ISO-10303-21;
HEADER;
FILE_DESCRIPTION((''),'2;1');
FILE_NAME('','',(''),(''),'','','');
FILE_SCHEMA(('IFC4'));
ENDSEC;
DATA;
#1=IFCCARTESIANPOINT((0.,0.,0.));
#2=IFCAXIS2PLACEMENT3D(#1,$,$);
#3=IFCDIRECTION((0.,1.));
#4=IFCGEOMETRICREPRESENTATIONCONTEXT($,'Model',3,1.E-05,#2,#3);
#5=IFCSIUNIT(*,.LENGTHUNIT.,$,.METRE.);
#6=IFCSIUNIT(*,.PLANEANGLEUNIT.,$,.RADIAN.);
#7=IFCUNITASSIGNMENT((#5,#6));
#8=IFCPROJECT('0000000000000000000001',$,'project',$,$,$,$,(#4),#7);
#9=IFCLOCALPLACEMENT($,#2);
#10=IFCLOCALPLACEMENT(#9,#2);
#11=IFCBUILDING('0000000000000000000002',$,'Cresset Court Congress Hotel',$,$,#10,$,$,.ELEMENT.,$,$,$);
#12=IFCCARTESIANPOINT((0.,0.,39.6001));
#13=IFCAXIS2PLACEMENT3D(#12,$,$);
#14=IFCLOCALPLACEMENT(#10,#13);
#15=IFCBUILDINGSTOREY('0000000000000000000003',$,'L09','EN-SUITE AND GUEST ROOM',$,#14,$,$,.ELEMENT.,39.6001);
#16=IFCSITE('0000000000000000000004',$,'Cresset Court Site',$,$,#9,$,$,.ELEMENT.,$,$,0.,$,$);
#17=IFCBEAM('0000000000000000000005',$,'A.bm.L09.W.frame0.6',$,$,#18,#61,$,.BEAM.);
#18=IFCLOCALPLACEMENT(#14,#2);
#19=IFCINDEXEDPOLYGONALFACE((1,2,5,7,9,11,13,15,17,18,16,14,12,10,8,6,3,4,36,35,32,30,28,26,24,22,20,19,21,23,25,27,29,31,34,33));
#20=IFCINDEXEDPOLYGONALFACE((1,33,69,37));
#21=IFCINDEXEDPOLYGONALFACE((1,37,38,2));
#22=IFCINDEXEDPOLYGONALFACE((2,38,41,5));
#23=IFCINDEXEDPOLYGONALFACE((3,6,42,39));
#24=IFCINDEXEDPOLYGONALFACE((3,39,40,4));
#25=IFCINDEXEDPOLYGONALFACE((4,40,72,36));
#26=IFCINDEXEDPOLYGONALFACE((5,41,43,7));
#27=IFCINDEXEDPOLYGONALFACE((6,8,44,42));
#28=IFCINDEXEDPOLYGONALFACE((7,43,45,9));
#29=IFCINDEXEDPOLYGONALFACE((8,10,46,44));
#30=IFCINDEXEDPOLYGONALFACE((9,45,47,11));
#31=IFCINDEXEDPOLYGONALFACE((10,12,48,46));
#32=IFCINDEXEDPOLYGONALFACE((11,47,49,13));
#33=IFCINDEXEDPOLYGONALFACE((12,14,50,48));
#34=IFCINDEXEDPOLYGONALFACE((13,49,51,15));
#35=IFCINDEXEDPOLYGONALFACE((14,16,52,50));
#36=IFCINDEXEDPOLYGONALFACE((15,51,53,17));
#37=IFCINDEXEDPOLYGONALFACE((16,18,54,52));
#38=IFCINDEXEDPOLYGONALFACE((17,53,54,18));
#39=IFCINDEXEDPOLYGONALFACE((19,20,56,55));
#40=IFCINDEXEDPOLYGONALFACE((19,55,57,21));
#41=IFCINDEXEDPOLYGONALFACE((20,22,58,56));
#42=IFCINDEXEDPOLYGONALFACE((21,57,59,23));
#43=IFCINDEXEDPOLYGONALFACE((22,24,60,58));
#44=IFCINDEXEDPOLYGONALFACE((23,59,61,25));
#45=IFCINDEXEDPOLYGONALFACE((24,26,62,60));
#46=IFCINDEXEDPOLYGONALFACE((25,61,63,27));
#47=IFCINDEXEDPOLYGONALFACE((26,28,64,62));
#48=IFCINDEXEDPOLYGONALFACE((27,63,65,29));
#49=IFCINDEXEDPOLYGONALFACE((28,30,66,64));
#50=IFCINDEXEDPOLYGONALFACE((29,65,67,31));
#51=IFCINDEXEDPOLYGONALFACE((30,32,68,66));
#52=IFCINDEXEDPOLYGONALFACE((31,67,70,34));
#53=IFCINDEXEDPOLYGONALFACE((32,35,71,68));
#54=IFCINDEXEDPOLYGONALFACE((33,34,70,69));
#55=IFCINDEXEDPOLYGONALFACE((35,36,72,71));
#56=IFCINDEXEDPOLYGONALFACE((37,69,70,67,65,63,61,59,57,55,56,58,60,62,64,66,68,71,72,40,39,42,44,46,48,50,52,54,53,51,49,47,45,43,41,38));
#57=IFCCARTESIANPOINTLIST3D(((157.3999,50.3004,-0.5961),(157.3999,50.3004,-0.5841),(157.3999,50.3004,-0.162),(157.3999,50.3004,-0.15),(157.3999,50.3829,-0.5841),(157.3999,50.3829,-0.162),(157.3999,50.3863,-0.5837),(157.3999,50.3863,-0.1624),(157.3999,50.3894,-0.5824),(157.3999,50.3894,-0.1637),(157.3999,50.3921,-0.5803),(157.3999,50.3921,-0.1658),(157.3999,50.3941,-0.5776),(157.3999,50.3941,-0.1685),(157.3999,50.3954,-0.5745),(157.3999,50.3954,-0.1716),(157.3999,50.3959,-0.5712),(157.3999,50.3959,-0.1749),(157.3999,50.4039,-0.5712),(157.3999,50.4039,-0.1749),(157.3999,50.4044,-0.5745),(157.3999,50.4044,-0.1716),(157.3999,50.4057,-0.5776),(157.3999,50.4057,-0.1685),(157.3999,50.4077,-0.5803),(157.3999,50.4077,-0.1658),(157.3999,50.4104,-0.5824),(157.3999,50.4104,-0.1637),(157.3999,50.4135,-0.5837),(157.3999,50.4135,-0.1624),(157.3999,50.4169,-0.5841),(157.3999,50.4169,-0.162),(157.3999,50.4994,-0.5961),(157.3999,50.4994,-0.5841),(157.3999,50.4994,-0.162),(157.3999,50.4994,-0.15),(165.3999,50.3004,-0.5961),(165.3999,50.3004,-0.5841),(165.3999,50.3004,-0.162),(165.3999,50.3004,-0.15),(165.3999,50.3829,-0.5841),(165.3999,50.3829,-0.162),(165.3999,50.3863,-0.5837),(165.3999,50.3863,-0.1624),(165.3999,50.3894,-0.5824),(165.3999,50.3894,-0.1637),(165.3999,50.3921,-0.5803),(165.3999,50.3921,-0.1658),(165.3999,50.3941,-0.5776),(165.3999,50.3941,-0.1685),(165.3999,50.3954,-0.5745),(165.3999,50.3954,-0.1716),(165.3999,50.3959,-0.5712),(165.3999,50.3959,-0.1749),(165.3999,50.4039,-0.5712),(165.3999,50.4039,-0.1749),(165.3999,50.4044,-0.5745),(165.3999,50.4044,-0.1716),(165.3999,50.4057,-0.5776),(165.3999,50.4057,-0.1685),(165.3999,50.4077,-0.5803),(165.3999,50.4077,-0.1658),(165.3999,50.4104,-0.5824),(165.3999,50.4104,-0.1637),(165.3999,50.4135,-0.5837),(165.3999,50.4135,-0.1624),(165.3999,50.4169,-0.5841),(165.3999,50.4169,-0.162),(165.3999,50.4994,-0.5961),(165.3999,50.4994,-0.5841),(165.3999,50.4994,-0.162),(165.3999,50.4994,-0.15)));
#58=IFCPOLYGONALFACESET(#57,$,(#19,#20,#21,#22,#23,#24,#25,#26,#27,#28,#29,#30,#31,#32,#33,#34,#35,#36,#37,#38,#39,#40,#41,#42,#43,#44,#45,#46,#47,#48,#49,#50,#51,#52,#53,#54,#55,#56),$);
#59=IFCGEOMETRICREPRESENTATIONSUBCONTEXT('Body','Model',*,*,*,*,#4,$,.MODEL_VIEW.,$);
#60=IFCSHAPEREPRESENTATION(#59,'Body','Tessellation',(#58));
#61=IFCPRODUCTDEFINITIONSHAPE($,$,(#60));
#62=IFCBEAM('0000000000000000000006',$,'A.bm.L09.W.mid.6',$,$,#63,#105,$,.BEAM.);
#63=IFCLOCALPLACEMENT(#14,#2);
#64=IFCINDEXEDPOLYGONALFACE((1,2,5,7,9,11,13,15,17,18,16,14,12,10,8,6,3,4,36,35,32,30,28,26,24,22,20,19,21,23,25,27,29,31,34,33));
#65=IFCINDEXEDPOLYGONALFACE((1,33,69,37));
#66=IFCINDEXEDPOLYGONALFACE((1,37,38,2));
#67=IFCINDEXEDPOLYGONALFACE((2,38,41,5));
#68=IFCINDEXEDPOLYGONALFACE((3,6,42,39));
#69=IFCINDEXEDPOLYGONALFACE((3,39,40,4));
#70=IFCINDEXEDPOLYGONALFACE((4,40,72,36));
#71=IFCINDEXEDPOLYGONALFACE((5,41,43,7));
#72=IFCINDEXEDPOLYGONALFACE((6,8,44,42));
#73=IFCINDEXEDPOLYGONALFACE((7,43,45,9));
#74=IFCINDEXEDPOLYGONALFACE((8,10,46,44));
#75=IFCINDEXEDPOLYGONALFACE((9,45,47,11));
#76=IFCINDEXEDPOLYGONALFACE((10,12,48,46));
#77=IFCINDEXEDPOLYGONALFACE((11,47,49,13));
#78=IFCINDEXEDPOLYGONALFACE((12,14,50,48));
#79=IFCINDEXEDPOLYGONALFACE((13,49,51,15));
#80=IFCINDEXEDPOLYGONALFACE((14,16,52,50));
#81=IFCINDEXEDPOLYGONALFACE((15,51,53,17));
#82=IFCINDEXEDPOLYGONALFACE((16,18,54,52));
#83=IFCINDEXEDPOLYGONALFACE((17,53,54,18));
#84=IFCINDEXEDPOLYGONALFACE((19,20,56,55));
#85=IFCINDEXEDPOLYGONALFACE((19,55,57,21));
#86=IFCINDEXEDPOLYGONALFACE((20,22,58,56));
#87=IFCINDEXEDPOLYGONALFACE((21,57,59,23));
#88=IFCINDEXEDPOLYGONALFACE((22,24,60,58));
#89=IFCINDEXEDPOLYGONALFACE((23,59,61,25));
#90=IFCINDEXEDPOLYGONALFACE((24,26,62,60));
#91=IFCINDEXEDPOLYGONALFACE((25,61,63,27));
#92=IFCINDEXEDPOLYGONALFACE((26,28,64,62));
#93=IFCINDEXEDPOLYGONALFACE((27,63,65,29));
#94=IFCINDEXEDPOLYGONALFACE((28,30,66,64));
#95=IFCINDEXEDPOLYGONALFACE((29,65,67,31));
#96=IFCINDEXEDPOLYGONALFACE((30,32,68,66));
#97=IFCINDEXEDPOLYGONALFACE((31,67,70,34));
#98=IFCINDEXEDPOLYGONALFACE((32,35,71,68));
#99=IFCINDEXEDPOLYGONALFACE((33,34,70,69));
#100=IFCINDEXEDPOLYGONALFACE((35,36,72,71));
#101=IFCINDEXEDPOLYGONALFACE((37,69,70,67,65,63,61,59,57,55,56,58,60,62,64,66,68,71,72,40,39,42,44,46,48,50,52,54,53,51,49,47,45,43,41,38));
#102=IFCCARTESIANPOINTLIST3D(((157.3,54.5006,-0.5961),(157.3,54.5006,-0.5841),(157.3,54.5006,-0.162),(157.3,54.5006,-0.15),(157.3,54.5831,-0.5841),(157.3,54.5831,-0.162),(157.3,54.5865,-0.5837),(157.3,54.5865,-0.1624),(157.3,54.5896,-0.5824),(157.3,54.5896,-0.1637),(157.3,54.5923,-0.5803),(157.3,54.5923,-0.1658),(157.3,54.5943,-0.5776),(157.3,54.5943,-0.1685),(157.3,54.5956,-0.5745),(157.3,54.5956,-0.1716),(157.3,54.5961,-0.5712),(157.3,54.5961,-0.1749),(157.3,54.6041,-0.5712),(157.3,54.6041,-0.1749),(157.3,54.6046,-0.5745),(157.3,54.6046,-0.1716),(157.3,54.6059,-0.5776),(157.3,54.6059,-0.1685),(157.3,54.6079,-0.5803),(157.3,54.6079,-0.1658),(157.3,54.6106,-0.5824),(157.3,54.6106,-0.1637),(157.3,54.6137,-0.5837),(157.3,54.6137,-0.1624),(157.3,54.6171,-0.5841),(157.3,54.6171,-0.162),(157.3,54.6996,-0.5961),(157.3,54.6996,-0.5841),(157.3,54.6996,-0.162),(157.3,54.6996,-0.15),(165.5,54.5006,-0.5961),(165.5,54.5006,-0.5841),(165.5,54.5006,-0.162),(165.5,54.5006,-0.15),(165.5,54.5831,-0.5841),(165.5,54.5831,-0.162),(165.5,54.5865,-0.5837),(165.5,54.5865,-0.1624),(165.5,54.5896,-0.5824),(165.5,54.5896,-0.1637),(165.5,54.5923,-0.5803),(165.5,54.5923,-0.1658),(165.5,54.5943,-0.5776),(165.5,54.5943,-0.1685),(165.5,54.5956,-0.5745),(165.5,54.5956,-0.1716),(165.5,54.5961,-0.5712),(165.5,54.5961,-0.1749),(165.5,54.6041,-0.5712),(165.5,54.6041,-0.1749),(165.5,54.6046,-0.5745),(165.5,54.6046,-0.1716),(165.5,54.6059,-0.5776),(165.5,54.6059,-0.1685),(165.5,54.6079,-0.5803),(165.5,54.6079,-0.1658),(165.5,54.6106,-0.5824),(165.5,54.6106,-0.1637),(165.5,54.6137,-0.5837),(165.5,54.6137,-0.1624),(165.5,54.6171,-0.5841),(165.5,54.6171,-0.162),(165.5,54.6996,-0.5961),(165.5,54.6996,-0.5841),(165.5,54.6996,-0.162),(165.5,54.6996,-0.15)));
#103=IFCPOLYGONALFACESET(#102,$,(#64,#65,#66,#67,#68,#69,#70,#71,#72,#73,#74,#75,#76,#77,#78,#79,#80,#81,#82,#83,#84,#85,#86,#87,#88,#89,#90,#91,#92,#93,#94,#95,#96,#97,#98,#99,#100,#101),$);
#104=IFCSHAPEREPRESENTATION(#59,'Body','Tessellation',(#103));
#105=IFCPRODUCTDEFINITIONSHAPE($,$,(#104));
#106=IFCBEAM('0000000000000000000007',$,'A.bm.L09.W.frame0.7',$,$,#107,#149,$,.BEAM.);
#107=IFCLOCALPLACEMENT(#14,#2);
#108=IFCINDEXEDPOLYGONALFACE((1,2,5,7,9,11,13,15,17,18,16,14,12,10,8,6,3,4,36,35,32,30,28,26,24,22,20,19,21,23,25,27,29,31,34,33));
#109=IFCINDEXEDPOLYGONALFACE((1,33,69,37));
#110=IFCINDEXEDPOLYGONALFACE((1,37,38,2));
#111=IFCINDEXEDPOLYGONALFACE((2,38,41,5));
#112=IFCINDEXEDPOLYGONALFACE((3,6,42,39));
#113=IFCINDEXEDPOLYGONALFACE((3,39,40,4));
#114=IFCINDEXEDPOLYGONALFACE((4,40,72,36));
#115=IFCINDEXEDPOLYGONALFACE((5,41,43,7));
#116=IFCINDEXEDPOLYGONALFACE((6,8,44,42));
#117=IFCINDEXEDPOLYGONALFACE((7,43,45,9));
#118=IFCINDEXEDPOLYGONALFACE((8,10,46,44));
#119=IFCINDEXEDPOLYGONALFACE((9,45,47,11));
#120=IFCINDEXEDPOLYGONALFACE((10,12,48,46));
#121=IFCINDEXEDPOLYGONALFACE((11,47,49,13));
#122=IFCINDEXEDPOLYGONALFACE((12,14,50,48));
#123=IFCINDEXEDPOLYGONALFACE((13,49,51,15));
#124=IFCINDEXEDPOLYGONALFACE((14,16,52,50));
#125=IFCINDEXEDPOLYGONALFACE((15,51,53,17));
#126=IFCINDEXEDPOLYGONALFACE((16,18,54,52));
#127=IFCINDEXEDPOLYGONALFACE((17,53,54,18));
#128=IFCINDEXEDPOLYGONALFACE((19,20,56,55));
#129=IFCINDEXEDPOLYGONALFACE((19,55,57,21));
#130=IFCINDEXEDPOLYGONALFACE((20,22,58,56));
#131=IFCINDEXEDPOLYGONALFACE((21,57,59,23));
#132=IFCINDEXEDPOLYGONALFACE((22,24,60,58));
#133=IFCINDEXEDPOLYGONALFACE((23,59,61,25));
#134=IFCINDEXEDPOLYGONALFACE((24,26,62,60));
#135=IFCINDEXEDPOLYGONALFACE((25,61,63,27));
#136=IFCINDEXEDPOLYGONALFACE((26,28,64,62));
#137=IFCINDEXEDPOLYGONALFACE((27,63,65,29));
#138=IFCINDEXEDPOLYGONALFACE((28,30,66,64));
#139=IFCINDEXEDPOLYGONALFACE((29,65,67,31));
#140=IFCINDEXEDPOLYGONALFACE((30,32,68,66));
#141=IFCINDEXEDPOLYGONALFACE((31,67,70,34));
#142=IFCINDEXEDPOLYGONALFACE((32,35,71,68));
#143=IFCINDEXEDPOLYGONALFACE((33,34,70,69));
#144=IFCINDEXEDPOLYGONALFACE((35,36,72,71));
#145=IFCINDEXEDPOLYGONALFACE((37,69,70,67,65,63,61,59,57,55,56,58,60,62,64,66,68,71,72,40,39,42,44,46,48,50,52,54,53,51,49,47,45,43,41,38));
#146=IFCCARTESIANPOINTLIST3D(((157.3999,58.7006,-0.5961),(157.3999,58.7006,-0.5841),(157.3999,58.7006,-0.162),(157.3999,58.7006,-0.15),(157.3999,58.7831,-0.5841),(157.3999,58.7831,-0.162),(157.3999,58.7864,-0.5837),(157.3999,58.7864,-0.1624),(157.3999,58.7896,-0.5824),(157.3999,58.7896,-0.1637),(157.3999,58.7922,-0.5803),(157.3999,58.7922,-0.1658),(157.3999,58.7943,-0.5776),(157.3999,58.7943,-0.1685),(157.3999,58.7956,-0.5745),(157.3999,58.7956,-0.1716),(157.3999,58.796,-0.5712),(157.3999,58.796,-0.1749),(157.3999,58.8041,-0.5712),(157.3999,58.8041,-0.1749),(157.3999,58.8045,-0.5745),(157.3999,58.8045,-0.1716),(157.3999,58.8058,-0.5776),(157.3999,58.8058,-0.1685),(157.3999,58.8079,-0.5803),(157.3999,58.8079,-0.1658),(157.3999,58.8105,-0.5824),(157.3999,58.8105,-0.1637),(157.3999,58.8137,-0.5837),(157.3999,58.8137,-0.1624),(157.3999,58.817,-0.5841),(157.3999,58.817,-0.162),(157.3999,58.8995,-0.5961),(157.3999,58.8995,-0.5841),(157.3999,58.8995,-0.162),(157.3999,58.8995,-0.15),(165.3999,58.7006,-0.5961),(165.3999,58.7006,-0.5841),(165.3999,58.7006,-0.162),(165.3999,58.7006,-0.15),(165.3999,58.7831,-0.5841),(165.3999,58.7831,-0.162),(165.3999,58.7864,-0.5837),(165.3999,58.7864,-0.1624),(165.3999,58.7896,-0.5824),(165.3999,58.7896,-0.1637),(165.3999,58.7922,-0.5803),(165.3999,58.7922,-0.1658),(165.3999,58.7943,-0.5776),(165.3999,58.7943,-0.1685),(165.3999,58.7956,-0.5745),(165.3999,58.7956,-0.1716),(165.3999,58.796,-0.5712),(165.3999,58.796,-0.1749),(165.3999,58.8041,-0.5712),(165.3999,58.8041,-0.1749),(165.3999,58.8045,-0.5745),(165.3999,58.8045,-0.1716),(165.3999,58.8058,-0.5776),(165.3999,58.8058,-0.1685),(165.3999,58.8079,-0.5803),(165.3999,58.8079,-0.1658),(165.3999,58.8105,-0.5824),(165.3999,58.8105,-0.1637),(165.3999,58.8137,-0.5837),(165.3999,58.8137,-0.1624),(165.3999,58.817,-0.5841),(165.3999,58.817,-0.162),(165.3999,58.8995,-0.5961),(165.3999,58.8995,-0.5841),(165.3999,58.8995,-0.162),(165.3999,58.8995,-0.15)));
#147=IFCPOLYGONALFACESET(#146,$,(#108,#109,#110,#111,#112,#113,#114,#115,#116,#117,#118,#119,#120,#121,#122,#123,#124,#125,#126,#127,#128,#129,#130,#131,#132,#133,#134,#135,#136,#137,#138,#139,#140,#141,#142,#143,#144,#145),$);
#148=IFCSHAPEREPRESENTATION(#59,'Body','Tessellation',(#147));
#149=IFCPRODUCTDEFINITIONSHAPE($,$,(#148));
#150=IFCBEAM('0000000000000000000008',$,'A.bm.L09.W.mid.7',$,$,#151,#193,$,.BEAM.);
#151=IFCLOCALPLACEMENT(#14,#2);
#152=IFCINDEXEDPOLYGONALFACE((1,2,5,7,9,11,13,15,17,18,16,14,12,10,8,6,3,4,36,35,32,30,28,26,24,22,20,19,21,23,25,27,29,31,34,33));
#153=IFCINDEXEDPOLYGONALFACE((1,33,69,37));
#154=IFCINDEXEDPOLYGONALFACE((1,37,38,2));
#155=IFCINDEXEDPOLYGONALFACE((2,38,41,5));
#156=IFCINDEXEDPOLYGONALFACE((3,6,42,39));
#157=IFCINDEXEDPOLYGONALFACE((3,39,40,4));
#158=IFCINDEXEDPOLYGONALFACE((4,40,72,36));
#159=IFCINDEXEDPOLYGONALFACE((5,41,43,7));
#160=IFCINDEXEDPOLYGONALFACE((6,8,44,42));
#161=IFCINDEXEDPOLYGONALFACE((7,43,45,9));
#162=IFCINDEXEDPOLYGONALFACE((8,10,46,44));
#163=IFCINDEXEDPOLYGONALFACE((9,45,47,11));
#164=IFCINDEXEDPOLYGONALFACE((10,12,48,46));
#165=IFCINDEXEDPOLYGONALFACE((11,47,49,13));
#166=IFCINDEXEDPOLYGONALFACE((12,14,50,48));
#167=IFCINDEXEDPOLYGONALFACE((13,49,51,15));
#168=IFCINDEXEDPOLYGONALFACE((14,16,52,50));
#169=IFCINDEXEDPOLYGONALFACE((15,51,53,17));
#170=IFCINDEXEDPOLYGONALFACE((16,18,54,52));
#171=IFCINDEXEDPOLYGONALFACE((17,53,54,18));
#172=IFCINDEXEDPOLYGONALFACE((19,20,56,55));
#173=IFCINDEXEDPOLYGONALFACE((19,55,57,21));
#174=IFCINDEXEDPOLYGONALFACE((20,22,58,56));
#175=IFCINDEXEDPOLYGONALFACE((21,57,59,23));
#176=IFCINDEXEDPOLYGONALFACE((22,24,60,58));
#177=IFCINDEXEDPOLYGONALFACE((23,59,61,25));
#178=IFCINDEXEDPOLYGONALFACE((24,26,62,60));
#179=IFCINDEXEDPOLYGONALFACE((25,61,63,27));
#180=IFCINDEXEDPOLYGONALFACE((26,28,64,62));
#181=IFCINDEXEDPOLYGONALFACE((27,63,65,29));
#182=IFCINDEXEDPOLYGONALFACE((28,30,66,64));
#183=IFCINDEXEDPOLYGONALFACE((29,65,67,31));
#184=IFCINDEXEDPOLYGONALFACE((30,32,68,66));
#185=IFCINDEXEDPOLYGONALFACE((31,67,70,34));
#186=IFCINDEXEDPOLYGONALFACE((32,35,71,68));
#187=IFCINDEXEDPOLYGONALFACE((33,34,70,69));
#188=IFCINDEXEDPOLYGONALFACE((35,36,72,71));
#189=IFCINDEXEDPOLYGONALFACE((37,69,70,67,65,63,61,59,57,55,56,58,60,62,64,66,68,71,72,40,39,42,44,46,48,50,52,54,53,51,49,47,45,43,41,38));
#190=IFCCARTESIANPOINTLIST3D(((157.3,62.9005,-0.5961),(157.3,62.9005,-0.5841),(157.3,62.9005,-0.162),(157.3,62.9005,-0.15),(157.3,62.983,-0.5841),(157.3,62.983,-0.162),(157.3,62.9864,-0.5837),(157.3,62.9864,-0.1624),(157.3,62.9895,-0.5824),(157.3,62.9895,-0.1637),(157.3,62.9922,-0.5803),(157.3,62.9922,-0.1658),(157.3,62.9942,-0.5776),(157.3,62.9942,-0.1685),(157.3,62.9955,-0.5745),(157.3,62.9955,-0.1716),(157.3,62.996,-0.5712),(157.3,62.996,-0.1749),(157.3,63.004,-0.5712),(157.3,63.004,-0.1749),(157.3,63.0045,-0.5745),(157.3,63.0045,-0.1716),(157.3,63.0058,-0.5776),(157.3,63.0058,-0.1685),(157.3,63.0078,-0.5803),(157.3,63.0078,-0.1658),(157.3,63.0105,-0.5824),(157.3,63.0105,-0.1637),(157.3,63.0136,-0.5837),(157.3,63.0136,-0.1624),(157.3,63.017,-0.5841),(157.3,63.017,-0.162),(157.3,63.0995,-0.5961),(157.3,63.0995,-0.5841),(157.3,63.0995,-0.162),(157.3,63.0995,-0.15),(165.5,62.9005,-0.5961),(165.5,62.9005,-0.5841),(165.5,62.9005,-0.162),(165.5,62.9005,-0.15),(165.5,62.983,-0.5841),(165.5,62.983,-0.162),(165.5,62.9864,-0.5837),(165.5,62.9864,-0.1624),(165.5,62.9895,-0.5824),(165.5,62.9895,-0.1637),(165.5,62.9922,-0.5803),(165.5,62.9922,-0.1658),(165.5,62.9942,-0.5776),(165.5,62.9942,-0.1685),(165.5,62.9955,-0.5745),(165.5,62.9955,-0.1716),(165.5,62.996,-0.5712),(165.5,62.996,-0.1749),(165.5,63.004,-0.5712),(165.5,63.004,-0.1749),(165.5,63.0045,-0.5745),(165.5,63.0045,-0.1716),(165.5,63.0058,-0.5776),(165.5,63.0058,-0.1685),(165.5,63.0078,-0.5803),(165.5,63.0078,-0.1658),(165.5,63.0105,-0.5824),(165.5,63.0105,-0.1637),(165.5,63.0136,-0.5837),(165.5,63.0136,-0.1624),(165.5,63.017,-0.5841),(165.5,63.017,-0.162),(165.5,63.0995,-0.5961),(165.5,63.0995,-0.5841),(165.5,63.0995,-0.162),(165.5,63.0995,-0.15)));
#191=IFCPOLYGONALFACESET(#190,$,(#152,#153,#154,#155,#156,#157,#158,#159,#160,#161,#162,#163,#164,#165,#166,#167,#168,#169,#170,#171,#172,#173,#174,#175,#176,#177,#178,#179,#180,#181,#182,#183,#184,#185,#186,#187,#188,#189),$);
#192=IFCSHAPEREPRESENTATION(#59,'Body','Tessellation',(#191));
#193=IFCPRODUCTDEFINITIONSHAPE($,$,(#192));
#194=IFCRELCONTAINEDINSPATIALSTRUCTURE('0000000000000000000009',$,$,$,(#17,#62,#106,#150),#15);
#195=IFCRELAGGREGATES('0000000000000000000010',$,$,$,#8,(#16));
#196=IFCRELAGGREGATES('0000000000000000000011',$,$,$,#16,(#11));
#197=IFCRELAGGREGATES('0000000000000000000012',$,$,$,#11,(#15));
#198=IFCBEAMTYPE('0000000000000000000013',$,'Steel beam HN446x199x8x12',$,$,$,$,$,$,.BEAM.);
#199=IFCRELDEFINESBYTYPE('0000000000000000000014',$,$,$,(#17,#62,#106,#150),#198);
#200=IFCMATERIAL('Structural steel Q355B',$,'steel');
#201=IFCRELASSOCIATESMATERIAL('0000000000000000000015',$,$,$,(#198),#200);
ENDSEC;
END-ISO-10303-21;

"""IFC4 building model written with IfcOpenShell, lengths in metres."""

from ifc_helpers import new_model, si_unit, direction, frame, origin, origin_2d, place, context, subcontext, project, spatial, i_section, extrude, material, material_profile, profile_set, type_object, element, save


model = new_model("IFC4")

# Units and contexts
model_context = context("Model", 3, precision=1e-05, world=origin(), true_north=direction((0.0, 1.0)))
body_context = subcontext(model_context, "Body", "Model", "MODEL_VIEW")
ifc_project = project(units=[si_unit("LENGTHUNIT", "METRE"), si_unit("PLANEANGLEUNIT", "RADIAN")], contexts=[model_context])

# Site, building, storey
site_placement = place(None, origin())
site = spatial("IfcSite", under=ifc_project, at=site_placement, Name="Cresset Court Site", CompositionType="ELEMENT", RefElevation=0.0)
building_placement = place(site_placement, origin())
building = spatial("IfcBuilding", under=site, at=building_placement, Name="Cresset Court Congress Hotel", CompositionType="ELEMENT")
storey_placement = place(building_placement, frame((0.0, 0.0, 39.6001)))
storey = spatial("IfcBuildingStorey", under=building, at=storey_placement, Name="L09", Description="EN-SUITE AND GUEST ROOM", CompositionType="ELEMENT", Elevation=39.6001)

# Beams
ifc_material_1 = material(Name="Structural steel Q355B", Category="steel")
ifc_material_profile_1 = material_profile(ifc_material_1, i_section(OverallWidth=0.199, OverallDepth=0.446, WebThickness=0.0081, FlangeThickness=0.012, FilletRadius=0.0129, at=origin_2d()), Name="HN446x199x8x12")
ifc_profile_set_1 = profile_set([ifc_material_profile_1], Name="Structural steel Q355B")
beam_type_1 = type_object("IfcBeamType", Name="Steel beam HN446x199x8x12", PredefinedType="BEAM", material=ifc_profile_set_1)
beam_1_placement = place(storey_placement, frame((157.3999, 50.3999, -0.373), z_axis=(1.0, 0.0, 0.0), x_axis=(0.0, 1.0, 0.0)))
element("IfcBeam", 1, at=beam_1_placement, inside=storey, type_object=beam_type_1, Name="A.bm.L09.W.frame0.6", PredefinedType="BEAM", context=body_context, shape_type="SweptSolid", body=[
    extrude(i_section(OverallWidth=0.199, OverallDepth=0.446, WebThickness=0.0081, FlangeThickness=0.012, FilletRadius=0.0129, at=origin_2d()), origin(), (0.0, 0.0, 1.0), 8.0),
])
beam_2_placement = place(storey_placement, frame((157.3, 54.6001, -0.373), z_axis=(1.0, 0.0, 0.0), x_axis=(0.0, 1.0, 0.0)))
element("IfcBeam", 2, at=beam_2_placement, inside=storey, type_object=beam_type_1, Name="A.bm.L09.W.mid.6", PredefinedType="BEAM", context=body_context, shape_type="SweptSolid", body=[
    extrude(i_section(OverallWidth=0.199, OverallDepth=0.446, WebThickness=0.0081, FlangeThickness=0.012, FilletRadius=0.0129, at=origin_2d()), origin(), (0.0, 0.0, 1.0), 8.2),
])
beam_3_placement = place(storey_placement, frame((157.3999, 58.8, -0.373), z_axis=(1.0, 0.0, 0.0), x_axis=(0.0, 1.0, 0.0)))
element("IfcBeam", 3, at=beam_3_placement, inside=storey, type_object=beam_type_1, Name="A.bm.L09.W.frame0.7", PredefinedType="BEAM", context=body_context, shape_type="SweptSolid", body=[
    extrude(i_section(OverallWidth=0.199, OverallDepth=0.446, WebThickness=0.0081, FlangeThickness=0.012, FilletRadius=0.0129, at=origin_2d()), origin(), (0.0, 0.0, 1.0), 8.0),
])
beam_4_placement = place(storey_placement, frame((157.3, 63.0, -0.373), z_axis=(1.0, 0.0, 0.0), x_axis=(0.0, 1.0, 0.0)))
element("IfcBeam", 4, at=beam_4_placement, inside=storey, type_object=beam_type_1, Name="A.bm.L09.W.mid.7", PredefinedType="BEAM", context=body_context, shape_type="SweptSolid", body=[
    extrude(i_section(OverallWidth=0.199, OverallDepth=0.446, WebThickness=0.0081, FlangeThickness=0.012, FilletRadius=0.0129, at=origin_2d()), origin(), (0.0, 0.0, 1.0), 8.2),
])

save(model, "model.ifc")
